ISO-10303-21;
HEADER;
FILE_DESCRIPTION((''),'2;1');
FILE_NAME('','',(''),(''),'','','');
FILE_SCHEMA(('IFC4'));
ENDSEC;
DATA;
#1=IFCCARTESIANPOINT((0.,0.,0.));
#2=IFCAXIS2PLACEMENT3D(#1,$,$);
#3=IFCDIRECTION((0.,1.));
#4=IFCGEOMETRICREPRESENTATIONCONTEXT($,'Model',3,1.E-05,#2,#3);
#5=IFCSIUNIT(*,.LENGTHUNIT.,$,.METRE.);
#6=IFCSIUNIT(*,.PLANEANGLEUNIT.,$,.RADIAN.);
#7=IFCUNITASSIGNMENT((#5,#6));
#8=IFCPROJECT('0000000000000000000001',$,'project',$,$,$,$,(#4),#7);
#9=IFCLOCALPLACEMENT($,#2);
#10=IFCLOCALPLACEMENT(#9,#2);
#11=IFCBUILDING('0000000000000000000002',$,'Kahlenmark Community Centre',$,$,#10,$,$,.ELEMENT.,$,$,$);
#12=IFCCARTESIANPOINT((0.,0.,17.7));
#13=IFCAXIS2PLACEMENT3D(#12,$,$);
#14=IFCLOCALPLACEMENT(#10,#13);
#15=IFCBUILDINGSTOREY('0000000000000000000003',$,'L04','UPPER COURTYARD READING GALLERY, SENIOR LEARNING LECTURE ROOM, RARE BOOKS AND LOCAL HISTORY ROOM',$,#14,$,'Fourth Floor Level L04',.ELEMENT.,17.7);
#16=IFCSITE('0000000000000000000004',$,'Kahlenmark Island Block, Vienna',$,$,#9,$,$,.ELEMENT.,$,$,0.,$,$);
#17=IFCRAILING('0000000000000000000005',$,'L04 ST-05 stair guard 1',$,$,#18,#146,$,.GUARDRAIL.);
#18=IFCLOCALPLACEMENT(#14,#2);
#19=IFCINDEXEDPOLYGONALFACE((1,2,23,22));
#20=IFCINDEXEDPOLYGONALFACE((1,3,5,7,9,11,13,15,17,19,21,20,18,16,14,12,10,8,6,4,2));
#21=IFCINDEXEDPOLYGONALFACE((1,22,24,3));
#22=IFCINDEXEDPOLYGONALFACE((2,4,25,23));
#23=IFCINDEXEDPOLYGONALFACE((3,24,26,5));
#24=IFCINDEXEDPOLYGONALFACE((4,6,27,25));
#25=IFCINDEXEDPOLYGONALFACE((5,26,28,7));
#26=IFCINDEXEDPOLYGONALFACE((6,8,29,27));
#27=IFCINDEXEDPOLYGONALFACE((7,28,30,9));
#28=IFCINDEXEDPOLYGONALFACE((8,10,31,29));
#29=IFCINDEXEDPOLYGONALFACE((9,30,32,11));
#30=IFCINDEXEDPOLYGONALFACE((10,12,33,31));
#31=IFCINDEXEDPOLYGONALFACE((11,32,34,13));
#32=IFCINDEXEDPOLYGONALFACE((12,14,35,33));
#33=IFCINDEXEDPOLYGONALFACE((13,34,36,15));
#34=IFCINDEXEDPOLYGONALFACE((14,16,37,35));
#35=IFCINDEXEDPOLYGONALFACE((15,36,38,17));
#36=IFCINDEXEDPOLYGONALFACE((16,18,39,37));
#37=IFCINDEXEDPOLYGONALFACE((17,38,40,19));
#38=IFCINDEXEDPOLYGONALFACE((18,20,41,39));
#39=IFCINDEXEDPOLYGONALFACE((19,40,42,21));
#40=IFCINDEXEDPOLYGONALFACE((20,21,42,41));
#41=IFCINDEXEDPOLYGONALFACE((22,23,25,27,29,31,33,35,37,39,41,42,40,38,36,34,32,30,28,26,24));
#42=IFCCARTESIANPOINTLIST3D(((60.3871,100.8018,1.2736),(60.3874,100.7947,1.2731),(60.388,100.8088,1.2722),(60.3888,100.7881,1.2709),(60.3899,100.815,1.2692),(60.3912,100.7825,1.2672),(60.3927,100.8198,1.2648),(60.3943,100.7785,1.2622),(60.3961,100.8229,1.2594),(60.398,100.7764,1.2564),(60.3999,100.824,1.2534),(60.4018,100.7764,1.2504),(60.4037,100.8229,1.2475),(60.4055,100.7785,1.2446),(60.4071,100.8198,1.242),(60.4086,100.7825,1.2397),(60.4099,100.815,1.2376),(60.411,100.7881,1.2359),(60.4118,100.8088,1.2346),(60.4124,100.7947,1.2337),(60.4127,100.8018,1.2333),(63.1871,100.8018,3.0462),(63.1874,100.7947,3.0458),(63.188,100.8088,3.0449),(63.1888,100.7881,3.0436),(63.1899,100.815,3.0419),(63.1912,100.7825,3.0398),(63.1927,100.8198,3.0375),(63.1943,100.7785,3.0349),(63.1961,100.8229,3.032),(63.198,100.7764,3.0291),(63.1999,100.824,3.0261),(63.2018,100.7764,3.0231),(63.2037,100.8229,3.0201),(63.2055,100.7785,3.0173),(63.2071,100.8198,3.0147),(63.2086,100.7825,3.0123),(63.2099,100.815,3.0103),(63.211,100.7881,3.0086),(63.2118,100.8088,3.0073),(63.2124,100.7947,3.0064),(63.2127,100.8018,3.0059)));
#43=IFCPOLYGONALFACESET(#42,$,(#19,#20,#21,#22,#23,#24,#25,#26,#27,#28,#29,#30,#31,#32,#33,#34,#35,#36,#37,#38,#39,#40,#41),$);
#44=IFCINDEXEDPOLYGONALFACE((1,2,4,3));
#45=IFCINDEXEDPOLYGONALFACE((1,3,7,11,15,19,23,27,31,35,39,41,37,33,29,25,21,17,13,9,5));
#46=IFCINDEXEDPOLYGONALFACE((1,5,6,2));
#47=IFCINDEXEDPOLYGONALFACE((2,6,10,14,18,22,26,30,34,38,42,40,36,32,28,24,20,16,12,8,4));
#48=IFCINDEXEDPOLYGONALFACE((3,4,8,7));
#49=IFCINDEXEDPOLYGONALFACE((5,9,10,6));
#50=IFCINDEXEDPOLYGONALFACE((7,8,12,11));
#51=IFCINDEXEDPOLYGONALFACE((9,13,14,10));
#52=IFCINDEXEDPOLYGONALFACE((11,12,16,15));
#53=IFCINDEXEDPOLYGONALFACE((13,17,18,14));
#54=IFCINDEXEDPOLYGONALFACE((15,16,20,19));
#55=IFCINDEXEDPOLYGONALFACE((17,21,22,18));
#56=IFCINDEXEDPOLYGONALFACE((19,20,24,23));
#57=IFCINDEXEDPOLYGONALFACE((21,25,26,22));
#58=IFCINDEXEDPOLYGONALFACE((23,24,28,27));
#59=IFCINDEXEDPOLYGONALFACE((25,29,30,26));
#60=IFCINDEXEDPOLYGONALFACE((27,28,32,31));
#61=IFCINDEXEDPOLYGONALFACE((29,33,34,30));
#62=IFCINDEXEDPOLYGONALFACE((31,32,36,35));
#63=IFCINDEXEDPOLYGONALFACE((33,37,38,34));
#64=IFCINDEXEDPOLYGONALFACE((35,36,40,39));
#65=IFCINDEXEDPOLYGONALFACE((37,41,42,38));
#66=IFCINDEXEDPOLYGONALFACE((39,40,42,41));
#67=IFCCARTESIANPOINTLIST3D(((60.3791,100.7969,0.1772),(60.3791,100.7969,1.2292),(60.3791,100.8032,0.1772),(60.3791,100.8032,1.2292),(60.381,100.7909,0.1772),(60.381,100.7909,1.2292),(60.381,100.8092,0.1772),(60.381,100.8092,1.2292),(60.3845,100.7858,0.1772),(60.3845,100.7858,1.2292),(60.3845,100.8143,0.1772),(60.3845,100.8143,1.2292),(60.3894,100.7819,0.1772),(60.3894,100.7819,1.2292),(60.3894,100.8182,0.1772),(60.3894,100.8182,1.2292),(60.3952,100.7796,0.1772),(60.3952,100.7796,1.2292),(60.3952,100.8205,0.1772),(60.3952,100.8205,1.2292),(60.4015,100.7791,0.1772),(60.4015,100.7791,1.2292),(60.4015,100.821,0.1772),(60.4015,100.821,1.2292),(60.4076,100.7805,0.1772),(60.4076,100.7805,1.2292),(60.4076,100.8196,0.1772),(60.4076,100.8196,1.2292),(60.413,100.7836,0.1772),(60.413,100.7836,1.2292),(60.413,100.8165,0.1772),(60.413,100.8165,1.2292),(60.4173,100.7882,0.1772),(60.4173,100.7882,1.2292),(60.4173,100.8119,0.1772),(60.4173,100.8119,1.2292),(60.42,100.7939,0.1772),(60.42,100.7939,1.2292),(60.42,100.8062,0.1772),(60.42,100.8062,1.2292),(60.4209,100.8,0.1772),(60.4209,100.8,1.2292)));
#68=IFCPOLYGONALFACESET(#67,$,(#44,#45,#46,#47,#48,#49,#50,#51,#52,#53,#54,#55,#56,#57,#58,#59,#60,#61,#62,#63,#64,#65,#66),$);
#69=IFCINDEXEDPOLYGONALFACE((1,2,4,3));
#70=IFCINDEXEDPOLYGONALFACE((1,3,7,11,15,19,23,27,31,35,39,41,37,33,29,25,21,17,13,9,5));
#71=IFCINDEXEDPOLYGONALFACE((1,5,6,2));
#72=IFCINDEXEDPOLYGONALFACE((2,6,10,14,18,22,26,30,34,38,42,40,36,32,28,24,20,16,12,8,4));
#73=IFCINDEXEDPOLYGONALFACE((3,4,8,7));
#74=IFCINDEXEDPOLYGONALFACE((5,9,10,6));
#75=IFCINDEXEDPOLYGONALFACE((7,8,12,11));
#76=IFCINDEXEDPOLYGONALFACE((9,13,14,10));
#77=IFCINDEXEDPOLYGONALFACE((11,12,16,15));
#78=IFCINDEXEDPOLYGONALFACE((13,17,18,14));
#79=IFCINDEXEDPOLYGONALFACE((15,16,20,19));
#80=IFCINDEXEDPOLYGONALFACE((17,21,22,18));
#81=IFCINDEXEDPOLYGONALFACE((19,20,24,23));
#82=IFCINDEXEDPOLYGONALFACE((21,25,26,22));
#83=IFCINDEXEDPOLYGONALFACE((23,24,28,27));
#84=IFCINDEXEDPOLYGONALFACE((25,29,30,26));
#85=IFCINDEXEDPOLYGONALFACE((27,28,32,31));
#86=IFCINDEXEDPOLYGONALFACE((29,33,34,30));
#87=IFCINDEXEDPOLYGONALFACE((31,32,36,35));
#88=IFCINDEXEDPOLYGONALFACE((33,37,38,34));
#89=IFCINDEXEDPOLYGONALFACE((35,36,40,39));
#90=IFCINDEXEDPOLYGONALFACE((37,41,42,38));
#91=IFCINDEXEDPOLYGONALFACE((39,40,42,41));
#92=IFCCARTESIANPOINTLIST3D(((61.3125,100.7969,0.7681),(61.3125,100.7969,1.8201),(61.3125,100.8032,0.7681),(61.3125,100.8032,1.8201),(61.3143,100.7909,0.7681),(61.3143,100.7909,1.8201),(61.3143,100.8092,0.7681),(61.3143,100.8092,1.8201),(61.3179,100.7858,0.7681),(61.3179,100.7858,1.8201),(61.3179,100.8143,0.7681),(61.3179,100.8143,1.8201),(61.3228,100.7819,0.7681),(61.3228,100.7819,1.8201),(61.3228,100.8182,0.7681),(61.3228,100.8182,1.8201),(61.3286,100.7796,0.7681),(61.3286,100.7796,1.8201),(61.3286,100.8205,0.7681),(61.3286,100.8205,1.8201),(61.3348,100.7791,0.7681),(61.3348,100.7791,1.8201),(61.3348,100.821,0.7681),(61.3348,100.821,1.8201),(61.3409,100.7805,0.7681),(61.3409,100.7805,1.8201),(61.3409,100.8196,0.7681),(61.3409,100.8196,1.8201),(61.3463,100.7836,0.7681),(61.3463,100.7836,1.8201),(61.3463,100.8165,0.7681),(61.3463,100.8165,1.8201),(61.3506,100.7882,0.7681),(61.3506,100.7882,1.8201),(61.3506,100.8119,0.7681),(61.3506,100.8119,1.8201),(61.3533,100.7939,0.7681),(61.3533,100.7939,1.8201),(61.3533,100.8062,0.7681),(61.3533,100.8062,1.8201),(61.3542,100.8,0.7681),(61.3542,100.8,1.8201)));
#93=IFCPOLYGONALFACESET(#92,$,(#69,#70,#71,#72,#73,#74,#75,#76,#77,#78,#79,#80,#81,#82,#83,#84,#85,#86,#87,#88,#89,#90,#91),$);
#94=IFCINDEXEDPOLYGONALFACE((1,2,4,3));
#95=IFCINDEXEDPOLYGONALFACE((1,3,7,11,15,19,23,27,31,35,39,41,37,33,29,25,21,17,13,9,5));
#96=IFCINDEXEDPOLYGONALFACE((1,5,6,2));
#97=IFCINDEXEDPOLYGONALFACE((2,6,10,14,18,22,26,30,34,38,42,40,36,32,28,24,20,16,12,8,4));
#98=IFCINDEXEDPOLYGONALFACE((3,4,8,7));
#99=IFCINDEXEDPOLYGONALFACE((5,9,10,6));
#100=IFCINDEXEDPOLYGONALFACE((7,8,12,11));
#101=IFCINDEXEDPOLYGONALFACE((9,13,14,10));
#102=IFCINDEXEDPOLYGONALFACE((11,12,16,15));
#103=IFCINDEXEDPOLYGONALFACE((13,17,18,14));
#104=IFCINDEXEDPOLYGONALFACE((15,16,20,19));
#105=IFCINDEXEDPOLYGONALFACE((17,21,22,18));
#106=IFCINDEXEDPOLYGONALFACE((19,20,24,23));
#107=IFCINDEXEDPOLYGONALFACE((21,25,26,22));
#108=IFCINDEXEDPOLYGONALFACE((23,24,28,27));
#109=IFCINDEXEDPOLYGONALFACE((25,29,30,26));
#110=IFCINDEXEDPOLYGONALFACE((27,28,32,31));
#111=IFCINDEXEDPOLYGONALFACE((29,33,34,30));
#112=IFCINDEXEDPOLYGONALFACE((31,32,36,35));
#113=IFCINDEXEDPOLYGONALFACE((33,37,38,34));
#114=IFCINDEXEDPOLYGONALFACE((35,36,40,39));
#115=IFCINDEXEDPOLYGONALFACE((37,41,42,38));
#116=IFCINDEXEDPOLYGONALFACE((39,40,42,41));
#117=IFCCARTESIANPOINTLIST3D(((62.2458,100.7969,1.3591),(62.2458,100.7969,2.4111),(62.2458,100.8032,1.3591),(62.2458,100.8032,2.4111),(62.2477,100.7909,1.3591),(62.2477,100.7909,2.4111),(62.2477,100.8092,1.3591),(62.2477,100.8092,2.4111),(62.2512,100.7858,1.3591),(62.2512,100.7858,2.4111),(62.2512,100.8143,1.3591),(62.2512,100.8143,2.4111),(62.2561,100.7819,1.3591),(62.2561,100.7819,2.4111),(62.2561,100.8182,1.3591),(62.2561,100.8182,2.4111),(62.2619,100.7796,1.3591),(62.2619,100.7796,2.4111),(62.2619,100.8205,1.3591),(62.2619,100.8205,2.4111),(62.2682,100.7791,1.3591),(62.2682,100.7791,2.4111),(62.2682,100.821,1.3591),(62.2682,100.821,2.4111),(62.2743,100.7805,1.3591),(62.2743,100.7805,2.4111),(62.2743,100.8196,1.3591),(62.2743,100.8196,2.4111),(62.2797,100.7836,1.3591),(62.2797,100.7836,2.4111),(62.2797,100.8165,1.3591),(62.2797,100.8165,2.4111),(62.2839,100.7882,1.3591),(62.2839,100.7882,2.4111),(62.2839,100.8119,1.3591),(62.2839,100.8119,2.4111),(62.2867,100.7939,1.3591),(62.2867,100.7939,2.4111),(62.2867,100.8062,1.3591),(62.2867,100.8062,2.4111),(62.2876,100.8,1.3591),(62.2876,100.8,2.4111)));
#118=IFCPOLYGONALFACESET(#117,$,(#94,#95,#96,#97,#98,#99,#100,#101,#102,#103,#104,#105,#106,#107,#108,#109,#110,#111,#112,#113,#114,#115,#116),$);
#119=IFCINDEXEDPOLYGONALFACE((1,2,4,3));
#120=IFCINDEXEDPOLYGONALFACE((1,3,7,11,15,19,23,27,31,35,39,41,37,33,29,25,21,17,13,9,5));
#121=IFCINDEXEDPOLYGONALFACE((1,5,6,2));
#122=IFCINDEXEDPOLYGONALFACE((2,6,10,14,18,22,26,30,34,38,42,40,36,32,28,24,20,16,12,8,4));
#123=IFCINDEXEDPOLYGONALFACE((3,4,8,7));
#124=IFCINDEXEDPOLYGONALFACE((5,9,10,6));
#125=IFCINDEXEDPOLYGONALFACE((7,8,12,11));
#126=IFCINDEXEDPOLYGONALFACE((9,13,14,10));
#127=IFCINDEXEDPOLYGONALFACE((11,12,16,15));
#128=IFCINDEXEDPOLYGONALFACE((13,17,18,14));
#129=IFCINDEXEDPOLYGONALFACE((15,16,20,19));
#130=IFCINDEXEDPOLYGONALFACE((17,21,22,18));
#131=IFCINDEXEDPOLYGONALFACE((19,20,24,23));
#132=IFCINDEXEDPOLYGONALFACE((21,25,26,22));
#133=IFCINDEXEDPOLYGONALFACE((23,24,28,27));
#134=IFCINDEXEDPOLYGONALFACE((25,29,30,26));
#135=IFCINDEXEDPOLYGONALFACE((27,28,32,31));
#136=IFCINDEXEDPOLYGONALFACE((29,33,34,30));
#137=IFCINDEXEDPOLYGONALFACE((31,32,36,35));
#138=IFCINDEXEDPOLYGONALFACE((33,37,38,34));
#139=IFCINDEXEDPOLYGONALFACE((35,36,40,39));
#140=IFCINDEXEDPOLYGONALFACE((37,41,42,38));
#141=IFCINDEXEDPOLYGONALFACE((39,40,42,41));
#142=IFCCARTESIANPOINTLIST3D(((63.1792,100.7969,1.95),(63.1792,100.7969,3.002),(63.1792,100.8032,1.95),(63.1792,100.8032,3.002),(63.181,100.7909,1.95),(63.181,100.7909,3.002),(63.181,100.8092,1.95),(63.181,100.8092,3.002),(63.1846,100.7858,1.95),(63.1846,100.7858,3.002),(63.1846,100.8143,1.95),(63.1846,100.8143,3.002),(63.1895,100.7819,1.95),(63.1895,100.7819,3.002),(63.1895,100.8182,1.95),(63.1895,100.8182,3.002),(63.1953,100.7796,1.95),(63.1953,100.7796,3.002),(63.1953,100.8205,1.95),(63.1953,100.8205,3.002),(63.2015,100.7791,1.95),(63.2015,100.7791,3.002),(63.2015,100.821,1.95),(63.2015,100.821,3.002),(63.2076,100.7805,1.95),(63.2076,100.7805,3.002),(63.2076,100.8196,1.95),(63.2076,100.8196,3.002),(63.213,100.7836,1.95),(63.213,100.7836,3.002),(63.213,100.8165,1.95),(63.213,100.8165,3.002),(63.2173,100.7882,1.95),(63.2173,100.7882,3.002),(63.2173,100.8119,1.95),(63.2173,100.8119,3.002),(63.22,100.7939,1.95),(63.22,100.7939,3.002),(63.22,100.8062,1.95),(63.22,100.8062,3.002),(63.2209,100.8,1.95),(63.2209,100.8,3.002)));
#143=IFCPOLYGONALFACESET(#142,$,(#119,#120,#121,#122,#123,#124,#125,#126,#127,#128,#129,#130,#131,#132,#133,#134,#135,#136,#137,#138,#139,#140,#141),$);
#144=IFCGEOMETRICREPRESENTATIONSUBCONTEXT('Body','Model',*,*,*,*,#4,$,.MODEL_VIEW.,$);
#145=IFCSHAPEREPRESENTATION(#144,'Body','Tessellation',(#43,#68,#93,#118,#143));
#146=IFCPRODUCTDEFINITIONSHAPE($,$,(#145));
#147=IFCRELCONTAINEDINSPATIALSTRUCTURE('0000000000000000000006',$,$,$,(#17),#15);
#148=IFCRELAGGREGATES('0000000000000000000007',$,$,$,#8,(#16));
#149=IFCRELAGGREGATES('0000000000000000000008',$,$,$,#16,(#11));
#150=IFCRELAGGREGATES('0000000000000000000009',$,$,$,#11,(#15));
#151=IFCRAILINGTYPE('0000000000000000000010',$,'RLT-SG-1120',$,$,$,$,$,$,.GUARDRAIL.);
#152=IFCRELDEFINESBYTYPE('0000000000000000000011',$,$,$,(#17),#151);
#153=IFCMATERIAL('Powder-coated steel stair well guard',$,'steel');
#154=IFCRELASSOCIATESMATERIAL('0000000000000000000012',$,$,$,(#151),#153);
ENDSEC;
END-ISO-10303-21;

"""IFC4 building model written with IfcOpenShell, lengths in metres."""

from ifc_helpers import new_model, si_unit, direction, frame, origin, origin_2d, place, context, subcontext, project, spatial, circle, extrude, material, type_object, element, save


model = new_model("IFC4")

# Units and contexts
model_context = context("Model", 3, precision=1e-05, world=origin(), true_north=direction((0.0, 1.0)))
body_context = subcontext(model_context, "Body", "Model", "MODEL_VIEW")
ifc_project = project(units=[si_unit("LENGTHUNIT", "METRE"), si_unit("PLANEANGLEUNIT", "RADIAN")], contexts=[model_context])

# Site, building, storey
site_placement = place(None, origin())
site = spatial("IfcSite", under=ifc_project, at=site_placement, Name="Kahlenmark Island Block, Vienna", CompositionType="ELEMENT", RefElevation=0.0)
building_placement = place(site_placement, origin())
building = spatial("IfcBuilding", under=site, at=building_placement, Name="Kahlenmark Community Centre", CompositionType="ELEMENT")
storey_placement = place(building_placement, frame((0.0, 0.0, 17.7)))
storey = spatial("IfcBuildingStorey", under=building, at=storey_placement, Name="L04", Description="UPPER COURTYARD READING GALLERY, SENIOR LEARNING LECTURE ROOM, RARE BOOKS AND LOCAL HISTORY ROOM", LongName="Fourth Floor Level L04", CompositionType="ELEMENT", Elevation=17.7)

# Railing
ifc_material_1 = material(Name="Powder-coated steel stair well guard", Category="steel")
railing_type_1 = type_object("IfcRailingType", Name="RLT-SG-1120", PredefinedType="GUARDRAIL", material=ifc_material_1)
railing_1_placement = place(storey_placement, frame((60.3999, 100.8, 0.1772)))
element("IfcRailing", 1, at=railing_1_placement, inside=storey, type_object=railing_type_1, Name="L04 ST-05 stair guard 1", PredefinedType="GUARDRAIL", context=body_context, shape_type="SweptSolid", body=[
    extrude(circle(Radius=0.0239, at=origin_2d()), frame((0.0, 0.0, 1.0762), z_axis=(0.844909, 0.0, 0.53491), x_axis=(0.0, 1.0, 0.0)), (0.0, 0.0, 1.0), 3.314),
    extrude(circle(Radius=0.021, at=origin_2d()), origin(), (0.0, 0.0, 1.0), 1.052),
    extrude(circle(Radius=0.021, at=origin_2d()), frame((0.9333, 0.0, 0.5908)), (0.0, 0.0, 1.0), 1.052),
    extrude(circle(Radius=0.021, at=origin_2d()), frame((1.8667, 0.0, 1.1819)), (0.0, 0.0, 1.0), 1.052),
    extrude(circle(Radius=0.021, at=origin_2d()), frame((2.8, 0.0, 1.7727)), (0.0, 0.0, 1.0), 1.052),
])

save(model, "model.ifc")
